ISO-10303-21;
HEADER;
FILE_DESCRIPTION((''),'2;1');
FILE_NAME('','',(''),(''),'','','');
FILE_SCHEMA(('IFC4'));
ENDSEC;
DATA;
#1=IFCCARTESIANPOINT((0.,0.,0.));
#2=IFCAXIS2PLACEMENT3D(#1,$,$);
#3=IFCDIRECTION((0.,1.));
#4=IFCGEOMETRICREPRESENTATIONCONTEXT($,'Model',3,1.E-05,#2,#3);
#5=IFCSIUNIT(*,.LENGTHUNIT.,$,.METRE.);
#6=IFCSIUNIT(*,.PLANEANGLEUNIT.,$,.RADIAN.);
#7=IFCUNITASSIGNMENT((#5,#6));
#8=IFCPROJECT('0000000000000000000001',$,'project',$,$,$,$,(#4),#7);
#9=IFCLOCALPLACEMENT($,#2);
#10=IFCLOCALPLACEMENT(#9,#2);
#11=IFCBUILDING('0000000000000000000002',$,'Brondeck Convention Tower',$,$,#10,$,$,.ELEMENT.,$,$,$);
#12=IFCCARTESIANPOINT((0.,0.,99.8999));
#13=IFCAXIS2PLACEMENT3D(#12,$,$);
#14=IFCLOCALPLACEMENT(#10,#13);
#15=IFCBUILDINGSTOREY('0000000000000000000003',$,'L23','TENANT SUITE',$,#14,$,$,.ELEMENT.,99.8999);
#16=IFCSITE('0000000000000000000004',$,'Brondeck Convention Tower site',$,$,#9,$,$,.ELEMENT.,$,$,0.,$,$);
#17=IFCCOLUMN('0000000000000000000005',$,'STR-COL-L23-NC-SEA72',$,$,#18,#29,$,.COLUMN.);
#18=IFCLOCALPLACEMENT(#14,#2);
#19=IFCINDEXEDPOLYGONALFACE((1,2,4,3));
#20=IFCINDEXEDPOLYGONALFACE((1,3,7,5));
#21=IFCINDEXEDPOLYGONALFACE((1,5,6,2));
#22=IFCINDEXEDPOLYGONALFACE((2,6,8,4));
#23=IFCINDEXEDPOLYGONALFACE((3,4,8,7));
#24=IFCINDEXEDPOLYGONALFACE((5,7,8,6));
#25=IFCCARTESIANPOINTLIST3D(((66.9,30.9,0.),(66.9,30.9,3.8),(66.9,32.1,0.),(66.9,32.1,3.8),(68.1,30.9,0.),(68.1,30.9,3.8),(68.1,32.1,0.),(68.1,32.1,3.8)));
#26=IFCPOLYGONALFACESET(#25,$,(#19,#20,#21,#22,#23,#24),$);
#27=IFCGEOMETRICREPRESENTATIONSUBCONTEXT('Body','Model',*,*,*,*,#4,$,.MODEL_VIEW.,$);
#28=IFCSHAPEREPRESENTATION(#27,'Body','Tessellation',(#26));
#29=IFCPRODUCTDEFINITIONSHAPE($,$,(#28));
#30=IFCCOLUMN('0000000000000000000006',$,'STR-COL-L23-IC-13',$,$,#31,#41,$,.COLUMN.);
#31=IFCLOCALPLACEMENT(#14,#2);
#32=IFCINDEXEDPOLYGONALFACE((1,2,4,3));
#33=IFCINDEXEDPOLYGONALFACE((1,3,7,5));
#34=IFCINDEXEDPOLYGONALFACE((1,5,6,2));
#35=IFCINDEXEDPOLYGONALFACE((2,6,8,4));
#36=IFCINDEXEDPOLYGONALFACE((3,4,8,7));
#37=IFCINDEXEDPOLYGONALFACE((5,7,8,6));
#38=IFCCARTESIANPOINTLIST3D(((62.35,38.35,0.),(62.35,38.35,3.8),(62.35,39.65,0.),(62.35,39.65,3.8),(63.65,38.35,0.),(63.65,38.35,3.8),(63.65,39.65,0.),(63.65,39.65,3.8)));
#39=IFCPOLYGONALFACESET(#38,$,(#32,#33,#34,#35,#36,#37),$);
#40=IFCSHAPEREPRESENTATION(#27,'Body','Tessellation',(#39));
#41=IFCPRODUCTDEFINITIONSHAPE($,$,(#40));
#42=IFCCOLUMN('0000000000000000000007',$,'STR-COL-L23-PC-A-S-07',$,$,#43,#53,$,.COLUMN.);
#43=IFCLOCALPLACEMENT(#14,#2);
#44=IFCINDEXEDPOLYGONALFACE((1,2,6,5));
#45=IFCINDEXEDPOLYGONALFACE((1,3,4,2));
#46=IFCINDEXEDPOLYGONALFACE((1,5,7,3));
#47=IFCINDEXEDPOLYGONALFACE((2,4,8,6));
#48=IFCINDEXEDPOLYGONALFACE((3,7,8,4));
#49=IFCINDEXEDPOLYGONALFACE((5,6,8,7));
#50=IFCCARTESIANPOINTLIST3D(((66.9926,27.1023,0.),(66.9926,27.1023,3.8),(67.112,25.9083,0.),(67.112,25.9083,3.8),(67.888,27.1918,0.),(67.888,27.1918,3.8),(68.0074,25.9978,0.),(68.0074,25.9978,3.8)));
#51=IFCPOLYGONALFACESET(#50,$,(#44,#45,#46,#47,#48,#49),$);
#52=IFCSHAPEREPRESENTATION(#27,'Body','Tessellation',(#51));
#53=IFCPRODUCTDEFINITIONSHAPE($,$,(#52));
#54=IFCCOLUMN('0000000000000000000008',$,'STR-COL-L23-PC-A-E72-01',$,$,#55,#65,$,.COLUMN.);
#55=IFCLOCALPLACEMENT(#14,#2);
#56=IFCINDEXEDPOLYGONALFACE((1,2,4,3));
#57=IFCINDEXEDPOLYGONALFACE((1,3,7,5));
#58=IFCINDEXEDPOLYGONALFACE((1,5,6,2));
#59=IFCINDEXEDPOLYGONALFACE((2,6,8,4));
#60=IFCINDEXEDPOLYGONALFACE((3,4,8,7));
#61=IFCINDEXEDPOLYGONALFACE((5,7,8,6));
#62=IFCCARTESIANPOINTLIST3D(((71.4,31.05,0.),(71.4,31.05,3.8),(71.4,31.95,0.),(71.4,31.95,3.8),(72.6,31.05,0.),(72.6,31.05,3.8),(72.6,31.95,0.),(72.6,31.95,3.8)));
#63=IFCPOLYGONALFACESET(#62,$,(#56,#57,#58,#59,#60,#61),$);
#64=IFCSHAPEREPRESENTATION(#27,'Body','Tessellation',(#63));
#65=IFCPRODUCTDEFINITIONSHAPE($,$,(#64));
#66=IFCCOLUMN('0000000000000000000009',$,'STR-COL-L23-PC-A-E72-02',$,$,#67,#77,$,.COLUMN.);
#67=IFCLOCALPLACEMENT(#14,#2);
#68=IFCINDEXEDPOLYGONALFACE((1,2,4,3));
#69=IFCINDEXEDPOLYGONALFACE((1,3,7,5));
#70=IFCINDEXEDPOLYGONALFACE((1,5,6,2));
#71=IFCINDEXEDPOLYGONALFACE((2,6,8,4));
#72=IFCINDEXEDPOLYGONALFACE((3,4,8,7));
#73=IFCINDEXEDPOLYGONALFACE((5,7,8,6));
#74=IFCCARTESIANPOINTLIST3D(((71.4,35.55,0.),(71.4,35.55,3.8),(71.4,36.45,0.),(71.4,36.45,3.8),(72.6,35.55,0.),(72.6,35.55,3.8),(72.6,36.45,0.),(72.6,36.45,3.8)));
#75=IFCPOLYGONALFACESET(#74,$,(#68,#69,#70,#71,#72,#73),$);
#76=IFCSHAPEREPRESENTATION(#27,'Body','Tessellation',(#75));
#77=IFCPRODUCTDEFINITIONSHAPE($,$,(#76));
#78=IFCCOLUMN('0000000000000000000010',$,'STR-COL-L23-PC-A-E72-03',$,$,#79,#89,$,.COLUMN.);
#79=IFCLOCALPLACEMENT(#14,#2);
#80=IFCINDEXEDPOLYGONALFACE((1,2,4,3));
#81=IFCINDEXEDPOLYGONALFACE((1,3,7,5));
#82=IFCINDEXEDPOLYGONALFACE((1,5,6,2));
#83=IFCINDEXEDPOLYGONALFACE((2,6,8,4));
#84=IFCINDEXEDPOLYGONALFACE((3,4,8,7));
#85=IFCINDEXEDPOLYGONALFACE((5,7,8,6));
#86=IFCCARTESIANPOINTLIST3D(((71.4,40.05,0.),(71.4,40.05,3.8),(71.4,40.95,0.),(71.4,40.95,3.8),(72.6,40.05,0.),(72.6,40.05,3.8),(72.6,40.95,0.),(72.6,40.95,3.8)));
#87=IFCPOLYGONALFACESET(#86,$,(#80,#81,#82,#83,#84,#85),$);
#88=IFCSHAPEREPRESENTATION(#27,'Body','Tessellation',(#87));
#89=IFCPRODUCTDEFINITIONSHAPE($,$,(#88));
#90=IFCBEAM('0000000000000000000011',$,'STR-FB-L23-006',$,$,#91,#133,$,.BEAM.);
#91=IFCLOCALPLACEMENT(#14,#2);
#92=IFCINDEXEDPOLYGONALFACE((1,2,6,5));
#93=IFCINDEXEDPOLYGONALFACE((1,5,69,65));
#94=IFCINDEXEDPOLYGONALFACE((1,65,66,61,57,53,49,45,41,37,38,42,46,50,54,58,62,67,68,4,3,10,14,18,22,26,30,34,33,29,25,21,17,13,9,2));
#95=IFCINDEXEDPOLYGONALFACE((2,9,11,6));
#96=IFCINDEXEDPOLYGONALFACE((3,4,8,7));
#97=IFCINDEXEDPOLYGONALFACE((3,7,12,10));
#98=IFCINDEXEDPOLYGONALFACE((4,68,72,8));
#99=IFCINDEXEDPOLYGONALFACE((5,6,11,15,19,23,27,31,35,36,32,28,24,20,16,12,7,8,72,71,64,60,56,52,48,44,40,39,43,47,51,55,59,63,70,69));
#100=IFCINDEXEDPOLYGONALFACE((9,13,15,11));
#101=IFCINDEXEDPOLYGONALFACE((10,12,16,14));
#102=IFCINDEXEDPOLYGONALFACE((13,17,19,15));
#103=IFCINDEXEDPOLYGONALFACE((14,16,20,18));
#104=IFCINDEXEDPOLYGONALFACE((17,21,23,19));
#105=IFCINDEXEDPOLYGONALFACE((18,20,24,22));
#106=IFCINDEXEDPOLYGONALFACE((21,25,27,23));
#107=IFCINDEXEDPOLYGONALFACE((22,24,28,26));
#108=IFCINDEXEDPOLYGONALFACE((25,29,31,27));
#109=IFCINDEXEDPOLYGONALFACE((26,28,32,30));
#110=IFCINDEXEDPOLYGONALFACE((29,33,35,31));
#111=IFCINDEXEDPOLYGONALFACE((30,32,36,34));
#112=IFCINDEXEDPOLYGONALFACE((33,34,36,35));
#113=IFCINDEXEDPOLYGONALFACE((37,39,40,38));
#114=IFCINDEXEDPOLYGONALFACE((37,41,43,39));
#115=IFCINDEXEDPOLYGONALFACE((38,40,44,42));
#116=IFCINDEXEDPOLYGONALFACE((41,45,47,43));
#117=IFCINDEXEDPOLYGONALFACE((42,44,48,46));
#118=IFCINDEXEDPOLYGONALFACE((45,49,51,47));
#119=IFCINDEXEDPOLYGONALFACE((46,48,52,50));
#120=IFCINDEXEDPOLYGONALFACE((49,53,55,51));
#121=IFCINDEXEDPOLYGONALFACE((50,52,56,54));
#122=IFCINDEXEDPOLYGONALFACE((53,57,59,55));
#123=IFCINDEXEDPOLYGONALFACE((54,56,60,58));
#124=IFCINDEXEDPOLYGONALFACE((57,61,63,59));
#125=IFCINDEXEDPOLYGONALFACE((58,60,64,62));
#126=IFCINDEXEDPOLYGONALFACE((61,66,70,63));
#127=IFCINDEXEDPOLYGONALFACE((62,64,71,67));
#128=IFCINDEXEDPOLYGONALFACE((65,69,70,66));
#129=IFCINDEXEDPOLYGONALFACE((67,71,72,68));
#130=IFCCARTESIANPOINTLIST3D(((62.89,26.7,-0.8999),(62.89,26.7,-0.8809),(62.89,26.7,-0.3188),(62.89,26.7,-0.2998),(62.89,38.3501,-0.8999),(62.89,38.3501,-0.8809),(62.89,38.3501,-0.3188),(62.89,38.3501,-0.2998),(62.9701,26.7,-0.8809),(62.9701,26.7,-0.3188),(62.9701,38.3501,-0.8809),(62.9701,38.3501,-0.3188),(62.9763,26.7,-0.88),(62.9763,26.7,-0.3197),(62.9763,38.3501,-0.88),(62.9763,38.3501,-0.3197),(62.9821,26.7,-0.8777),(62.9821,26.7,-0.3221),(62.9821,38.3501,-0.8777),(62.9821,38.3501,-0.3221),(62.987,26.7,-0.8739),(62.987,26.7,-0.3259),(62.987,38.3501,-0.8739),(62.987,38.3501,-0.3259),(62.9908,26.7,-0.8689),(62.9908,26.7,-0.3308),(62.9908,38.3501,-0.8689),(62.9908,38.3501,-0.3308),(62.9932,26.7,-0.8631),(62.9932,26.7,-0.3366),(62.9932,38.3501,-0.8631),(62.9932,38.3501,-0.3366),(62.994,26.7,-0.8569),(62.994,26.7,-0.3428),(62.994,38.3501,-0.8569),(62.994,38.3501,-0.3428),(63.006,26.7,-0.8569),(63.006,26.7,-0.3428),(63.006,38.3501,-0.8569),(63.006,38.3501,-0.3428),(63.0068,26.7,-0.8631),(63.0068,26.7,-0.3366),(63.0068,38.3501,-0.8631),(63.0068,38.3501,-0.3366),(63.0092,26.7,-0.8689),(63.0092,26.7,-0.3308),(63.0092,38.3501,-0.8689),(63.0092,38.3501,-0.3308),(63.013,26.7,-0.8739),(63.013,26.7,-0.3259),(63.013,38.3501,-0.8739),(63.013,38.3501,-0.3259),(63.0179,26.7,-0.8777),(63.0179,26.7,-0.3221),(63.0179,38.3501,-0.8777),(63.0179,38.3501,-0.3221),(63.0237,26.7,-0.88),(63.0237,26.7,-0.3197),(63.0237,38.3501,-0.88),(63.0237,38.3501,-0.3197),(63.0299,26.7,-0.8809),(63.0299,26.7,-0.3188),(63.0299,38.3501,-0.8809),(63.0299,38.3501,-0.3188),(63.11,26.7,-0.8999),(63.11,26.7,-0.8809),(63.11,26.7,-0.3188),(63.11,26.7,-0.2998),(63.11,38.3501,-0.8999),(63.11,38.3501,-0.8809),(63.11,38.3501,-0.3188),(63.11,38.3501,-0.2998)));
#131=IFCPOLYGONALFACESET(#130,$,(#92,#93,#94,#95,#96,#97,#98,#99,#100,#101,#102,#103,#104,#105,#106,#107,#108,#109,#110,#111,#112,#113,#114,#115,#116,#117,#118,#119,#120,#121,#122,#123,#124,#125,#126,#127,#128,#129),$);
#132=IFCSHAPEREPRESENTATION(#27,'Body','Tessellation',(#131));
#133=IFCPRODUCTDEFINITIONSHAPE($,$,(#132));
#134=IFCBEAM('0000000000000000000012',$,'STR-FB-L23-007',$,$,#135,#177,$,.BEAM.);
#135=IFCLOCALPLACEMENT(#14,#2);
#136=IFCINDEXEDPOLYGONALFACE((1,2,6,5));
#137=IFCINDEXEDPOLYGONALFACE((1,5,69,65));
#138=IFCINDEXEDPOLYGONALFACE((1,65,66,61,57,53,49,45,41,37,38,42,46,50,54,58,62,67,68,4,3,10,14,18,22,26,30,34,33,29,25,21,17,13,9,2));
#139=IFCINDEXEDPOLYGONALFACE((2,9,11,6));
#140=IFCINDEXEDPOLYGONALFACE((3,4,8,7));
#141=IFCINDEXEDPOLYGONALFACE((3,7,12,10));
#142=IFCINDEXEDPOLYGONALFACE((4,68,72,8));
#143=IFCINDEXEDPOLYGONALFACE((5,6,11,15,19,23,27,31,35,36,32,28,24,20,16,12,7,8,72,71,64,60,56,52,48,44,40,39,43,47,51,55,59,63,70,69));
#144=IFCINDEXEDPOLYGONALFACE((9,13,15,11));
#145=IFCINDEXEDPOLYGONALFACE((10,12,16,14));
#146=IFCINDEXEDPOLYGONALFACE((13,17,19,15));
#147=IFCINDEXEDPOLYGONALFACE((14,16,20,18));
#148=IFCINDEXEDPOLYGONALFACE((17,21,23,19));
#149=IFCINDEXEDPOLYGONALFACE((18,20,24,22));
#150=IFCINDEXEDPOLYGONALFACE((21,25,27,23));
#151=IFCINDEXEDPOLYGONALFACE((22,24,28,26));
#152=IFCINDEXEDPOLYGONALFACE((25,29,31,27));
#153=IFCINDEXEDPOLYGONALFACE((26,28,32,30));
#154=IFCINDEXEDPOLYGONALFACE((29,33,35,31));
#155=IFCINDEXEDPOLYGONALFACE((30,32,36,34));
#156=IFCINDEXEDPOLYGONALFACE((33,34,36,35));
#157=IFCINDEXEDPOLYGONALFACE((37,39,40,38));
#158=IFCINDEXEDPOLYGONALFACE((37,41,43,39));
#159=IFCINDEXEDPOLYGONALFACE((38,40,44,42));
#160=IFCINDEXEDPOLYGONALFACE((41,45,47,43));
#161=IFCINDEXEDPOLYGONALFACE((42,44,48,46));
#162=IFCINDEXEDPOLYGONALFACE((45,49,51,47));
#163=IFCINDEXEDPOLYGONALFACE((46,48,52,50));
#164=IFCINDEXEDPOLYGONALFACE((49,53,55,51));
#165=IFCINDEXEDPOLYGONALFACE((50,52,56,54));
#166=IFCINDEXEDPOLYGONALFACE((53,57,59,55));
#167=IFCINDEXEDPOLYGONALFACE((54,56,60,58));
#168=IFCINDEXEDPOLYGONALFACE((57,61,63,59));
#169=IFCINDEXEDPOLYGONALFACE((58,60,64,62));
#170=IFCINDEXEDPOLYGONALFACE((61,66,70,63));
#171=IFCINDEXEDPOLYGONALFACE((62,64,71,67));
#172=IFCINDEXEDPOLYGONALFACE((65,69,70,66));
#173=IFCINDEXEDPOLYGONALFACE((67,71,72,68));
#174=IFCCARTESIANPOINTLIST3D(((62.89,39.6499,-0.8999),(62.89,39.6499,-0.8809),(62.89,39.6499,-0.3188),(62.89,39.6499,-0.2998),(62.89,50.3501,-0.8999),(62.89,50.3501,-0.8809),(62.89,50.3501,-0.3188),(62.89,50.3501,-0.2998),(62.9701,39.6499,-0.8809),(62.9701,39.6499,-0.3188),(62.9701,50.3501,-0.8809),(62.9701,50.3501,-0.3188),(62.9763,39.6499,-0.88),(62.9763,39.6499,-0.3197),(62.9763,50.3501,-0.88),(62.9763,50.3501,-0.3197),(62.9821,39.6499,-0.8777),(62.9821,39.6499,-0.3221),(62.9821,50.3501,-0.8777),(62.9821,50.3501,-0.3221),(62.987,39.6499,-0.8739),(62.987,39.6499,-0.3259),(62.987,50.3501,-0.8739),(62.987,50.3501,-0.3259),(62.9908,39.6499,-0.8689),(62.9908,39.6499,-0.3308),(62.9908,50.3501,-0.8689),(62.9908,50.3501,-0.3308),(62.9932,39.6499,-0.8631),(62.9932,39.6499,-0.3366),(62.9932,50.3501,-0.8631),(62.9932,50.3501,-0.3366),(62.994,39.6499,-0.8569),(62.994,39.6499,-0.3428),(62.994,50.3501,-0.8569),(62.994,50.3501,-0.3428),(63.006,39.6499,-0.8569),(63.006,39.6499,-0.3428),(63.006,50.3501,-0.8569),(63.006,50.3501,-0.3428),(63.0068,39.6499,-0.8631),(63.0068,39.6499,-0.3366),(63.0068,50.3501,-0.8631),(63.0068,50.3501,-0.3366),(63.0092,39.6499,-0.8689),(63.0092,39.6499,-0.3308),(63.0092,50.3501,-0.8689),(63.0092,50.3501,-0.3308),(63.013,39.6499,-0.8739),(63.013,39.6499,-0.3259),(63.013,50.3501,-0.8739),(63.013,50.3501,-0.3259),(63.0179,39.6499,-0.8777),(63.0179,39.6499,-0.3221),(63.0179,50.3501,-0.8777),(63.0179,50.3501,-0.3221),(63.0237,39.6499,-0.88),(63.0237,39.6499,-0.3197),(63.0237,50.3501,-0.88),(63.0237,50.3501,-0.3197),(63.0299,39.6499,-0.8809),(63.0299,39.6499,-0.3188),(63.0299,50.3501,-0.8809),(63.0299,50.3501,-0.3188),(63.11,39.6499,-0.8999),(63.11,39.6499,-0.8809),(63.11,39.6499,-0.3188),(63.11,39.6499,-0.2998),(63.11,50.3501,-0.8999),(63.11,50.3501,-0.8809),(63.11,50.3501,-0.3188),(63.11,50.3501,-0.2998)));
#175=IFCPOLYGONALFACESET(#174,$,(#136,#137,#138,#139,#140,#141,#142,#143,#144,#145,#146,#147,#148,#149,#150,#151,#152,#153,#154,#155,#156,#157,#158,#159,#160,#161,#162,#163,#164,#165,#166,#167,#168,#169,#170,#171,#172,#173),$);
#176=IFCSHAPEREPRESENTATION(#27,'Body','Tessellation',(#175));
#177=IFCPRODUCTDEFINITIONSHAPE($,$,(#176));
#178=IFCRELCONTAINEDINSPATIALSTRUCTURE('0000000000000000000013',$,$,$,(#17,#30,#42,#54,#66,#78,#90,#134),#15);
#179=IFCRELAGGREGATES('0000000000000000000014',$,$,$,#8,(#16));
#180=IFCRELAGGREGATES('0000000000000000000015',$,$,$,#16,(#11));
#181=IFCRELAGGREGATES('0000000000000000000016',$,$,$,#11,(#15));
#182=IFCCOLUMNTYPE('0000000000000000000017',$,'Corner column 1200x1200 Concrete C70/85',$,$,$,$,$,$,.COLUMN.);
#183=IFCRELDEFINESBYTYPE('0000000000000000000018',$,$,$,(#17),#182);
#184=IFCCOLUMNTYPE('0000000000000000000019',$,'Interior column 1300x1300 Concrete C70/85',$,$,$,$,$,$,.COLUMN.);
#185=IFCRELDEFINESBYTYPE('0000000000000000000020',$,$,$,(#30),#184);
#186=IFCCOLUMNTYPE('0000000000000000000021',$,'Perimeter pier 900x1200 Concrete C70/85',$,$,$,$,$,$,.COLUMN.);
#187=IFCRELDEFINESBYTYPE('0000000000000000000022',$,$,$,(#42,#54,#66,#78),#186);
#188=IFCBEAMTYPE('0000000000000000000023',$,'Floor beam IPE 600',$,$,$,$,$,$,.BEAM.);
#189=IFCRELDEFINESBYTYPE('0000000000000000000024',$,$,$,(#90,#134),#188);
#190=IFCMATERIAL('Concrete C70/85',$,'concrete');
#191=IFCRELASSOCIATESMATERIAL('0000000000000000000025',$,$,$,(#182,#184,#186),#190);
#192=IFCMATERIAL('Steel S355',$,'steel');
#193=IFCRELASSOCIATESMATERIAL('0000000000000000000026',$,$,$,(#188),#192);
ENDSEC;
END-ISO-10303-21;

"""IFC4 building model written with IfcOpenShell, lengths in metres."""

from ifc_helpers import new_model, si_unit, direction, frame, origin, origin_2d, place, context, subcontext, project, spatial, rectangle, i_section, extrude, material, material_profile, profile_set, type_object, element, save


model = new_model("IFC4")

# Units and contexts
model_context = context("Model", 3, precision=1e-05, world=origin(), true_north=direction((0.0, 1.0)))
body_context = subcontext(model_context, "Body", "Model", "MODEL_VIEW")
ifc_project = project(units=[si_unit("LENGTHUNIT", "METRE"), si_unit("PLANEANGLEUNIT", "RADIAN")], contexts=[model_context])

# Site, building, storey
site_placement = place(None, origin())
site = spatial("IfcSite", under=ifc_project, at=site_placement, Name="Brondeck Convention Tower site", CompositionType="ELEMENT", RefElevation=0.0)
building_placement = place(site_placement, origin())
building = spatial("IfcBuilding", under=site, at=building_placement, Name="Brondeck Convention Tower", CompositionType="ELEMENT")
storey_placement = place(building_placement, frame((0.0, 0.0, 99.8999)))
storey = spatial("IfcBuildingStorey", under=building, at=storey_placement, Name="L23", Description="TENANT SUITE", CompositionType="ELEMENT", Elevation=99.8999)

# Columns
ifc_material_1 = material(Name="Concrete C70/85", Category="concrete")
ifc_material_profile_1 = material_profile(ifc_material_1, rectangle(XDim=1.2, YDim=1.2, at=origin_2d()), Name="Corner column 1200x1200 Concrete C70/85")
ifc_profile_set_1 = profile_set([ifc_material_profile_1], Name="Concrete C70/85")
column_type_1 = type_object("IfcColumnType", Name="Corner column 1200x1200 Concrete C70/85", PredefinedType="COLUMN", material=ifc_profile_set_1)
column_1_placement = place(storey_placement, frame((67.5, 31.5, 0.0), z_axis=(0.0, 0.0, 1.0), x_axis=(1.0, 0.0, 0.0)))
element("IfcColumn", 1, at=column_1_placement, inside=storey, type_object=column_type_1, Name="STR-COL-L23-NC-SEA72", PredefinedType="COLUMN", context=body_context, shape_type="SweptSolid", body=[
    extrude(rectangle(XDim=1.2, YDim=1.2, at=origin_2d()), origin(), (0.0, 0.0, 1.0), 3.8),
])
ifc_material_profile_2 = material_profile(ifc_material_1, rectangle(XDim=1.3, YDim=1.3, at=origin_2d()), Name="Interior column 1300x1300 Concrete C70/85")
ifc_profile_set_2 = profile_set([ifc_material_profile_2], Name="Concrete C70/85")
column_type_2 = type_object("IfcColumnType", Name="Interior column 1300x1300 Concrete C70/85", PredefinedType="COLUMN", material=ifc_profile_set_2)
column_2_placement = place(storey_placement, frame((63.0, 39.0, 0.0), z_axis=(0.0, 0.0, 1.0), x_axis=(1.0, 0.0, 0.0)))
element("IfcColumn", 2, at=column_2_placement, inside=storey, type_object=column_type_2, Name="STR-COL-L23-IC-13", PredefinedType="COLUMN", context=body_context, shape_type="SweptSolid", body=[
    extrude(rectangle(XDim=1.3, YDim=1.3, at=origin_2d()), origin(), (0.0, 0.0, 1.0), 3.8),
])
ifc_material_profile_3 = material_profile(ifc_material_1, rectangle(XDim=0.8999, YDim=1.2, at=origin_2d()), Name="Perimeter pier 900x1200 Concrete C70/85")
ifc_profile_set_3 = profile_set([ifc_material_profile_3], Name="Concrete C70/85")
column_type_3 = type_object("IfcColumnType", Name="Perimeter pier 900x1200 Concrete C70/85", PredefinedType="COLUMN", material=ifc_profile_set_3)
for number, where, z_axis, x_axis, name in (
    (3, (67.5, 26.55, 0.0), (0.0, 0.0, 1.0), (0.995037, 0.099504, 0.0), "STR-COL-L23-PC-A-S-07"),
    (4, (72.0, 31.5, 0.0), (0.0, 0.0, 1.0), (0.0, 1.0, 0.0), "STR-COL-L23-PC-A-E72-01"),
    (5, (72.0, 36.0, 0.0), (0.0, 0.0, 1.0), (0.0, 1.0, 0.0), "STR-COL-L23-PC-A-E72-02"),
    (6, (72.0, 40.5, 0.0), (0.0, 0.0, 1.0), (0.0, 1.0, 0.0), "STR-COL-L23-PC-A-E72-03"),
):
    element("IfcColumn", number, at=place(storey_placement, frame(where, z_axis=z_axis, x_axis=x_axis)), inside=storey, type_object=column_type_3, Name=name, PredefinedType="COLUMN", context=body_context, shape_type="SweptSolid", body=[
        extrude(rectangle(XDim=0.8999, YDim=1.2, at=origin_2d()), origin(), (0.0, 0.0, 1.0), 3.8),
    ])

# Beams
ifc_material_2 = material(Name="Steel S355", Category="steel")
ifc_material_profile_4 = material_profile(ifc_material_2, i_section(OverallWidth=0.22, OverallDepth=0.6001, WebThickness=0.012, FlangeThickness=0.019, FilletRadius=0.0239, at=origin_2d()), Name="IPE 600")
ifc_profile_set_4 = profile_set([ifc_material_profile_4], Name="Steel S355")
beam_type_1 = type_object("IfcBeamType", Name="Floor beam IPE 600", PredefinedType="BEAM", material=ifc_profile_set_4)
beam_1_placement = place(storey_placement, frame((63.0, 26.7, -0.5999), z_axis=(0.0, 1.0, 0.0), x_axis=(-1.0, 0.0, 0.0)))
element("IfcBeam", 7, at=beam_1_placement, inside=storey, type_object=beam_type_1, Name="STR-FB-L23-006", PredefinedType="BEAM", context=body_context, shape_type="SweptSolid", body=[
    extrude(i_section(OverallWidth=0.22, OverallDepth=0.6001, WebThickness=0.012, FlangeThickness=0.019, FilletRadius=0.0239, at=origin_2d()), origin(), (0.0, 0.0, 1.0), 11.6501),
])
beam_2_placement = place(storey_placement, frame((63.0, 39.6499, -0.5999), z_axis=(0.0, 1.0, 0.0), x_axis=(-1.0, 0.0, 0.0)))
element("IfcBeam", 8, at=beam_2_placement, inside=storey, type_object=beam_type_1, Name="STR-FB-L23-007", PredefinedType="BEAM", context=body_context, shape_type="SweptSolid", body=[
    extrude(i_section(OverallWidth=0.22, OverallDepth=0.6001, WebThickness=0.012, FlangeThickness=0.019, FilletRadius=0.0239, at=origin_2d()), origin(), (0.0, 0.0, 1.0), 10.7002),
])

save(model, "model.ifc")
